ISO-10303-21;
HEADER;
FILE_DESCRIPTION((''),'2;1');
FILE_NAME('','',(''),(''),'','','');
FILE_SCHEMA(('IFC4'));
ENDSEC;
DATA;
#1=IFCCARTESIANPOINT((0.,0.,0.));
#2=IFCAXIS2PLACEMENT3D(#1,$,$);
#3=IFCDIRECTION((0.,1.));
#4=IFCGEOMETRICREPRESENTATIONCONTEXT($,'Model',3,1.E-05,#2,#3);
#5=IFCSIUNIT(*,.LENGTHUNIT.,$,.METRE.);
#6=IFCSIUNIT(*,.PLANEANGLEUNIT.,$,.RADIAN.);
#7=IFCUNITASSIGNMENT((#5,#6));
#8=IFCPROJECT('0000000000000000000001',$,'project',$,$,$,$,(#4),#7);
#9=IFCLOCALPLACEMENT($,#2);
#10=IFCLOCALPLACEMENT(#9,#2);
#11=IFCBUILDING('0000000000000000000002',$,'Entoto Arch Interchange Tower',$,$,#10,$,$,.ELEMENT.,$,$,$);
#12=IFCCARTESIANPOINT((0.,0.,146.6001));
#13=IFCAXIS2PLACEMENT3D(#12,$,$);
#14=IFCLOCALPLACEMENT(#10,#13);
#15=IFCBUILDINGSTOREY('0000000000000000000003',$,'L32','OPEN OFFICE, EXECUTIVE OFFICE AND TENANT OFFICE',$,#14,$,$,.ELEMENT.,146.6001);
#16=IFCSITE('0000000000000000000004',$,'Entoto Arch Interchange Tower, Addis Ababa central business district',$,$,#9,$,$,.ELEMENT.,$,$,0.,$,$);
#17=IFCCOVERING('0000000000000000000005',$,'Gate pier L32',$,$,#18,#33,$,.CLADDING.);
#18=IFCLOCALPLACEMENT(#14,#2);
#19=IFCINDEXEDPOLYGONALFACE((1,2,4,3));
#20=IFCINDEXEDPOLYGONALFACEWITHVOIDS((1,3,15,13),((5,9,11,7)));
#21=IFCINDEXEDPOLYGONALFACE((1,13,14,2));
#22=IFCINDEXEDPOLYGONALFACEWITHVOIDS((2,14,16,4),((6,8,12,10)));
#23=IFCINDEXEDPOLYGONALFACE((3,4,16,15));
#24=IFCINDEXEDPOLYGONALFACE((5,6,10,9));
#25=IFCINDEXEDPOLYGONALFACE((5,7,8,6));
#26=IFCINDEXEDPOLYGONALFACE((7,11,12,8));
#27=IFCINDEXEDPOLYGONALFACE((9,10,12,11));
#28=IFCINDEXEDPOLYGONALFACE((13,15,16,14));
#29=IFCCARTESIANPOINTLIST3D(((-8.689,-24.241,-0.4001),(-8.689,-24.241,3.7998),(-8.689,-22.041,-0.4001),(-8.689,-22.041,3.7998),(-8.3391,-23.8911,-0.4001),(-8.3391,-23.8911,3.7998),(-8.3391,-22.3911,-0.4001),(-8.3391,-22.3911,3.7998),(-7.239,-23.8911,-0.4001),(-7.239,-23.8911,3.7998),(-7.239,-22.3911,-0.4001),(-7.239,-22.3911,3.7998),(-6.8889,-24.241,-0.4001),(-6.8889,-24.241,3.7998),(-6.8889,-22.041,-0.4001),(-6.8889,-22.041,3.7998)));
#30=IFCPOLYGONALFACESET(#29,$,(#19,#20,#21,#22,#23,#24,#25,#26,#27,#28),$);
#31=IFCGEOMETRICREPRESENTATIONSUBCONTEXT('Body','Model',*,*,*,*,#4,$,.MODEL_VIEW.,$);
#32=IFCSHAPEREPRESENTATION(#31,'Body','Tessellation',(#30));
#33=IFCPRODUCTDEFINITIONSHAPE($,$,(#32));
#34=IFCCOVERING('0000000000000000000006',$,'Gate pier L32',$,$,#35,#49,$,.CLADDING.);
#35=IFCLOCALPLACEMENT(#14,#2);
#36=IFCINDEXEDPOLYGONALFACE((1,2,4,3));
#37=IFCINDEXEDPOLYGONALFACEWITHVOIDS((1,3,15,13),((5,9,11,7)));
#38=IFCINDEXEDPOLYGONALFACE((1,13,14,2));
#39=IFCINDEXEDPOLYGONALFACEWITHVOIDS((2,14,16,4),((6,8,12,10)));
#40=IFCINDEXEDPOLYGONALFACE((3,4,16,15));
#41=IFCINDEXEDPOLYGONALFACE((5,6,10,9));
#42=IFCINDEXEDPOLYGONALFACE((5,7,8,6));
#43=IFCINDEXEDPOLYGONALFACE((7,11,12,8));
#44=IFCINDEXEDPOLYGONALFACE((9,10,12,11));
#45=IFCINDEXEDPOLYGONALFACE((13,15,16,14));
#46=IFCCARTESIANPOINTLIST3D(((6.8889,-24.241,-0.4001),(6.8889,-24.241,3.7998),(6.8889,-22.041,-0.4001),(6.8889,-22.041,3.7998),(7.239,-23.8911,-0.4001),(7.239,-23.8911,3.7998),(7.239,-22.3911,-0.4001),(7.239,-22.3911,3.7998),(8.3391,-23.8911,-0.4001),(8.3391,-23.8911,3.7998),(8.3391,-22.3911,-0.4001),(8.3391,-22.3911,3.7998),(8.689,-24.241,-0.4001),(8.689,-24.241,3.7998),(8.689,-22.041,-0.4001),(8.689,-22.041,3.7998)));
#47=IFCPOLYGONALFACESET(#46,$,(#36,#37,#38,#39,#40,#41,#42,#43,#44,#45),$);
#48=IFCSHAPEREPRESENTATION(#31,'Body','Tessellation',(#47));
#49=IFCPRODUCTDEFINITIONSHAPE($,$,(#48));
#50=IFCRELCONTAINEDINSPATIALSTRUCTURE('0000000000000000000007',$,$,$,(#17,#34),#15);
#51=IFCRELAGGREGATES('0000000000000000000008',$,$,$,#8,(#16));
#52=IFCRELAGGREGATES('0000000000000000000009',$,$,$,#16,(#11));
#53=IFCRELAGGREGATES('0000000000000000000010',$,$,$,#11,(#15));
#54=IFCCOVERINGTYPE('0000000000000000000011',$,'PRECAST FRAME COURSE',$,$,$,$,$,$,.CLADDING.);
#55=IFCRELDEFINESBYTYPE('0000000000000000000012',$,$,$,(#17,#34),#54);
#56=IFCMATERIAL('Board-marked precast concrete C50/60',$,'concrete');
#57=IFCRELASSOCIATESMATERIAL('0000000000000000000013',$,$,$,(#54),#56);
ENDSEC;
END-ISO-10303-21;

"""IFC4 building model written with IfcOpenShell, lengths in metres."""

from ifc_helpers import new_model, si_unit, direction, frame, origin, place, context, subcontext, project, spatial, polyline, outline, extrude, material, type_object, element, save


model = new_model("IFC4")

# Units and contexts
model_context = context("Model", 3, precision=1e-05, world=origin(), true_north=direction((0.0, 1.0)))
body_context = subcontext(model_context, "Body", "Model", "MODEL_VIEW")
ifc_project = project(units=[si_unit("LENGTHUNIT", "METRE"), si_unit("PLANEANGLEUNIT", "RADIAN")], contexts=[model_context])

# Site, building, storey
site_placement = place(None, origin())
site = spatial("IfcSite", under=ifc_project, at=site_placement, Name="Entoto Arch Interchange Tower, Addis Ababa central business district", CompositionType="ELEMENT", RefElevation=0.0)
building_placement = place(site_placement, origin())
building = spatial("IfcBuilding", under=site, at=building_placement, Name="Entoto Arch Interchange Tower", CompositionType="ELEMENT")
storey_placement = place(building_placement, frame((0.0, 0.0, 146.6001)))
storey = spatial("IfcBuildingStorey", under=building, at=storey_placement, Name="L32", Description="OPEN OFFICE, EXECUTIVE OFFICE AND TENANT OFFICE", CompositionType="ELEMENT", Elevation=146.6001)

# Shared definitions
ifc_material_1 = material(Name="Board-marked precast concrete C50/60", Category="concrete")

# Coverings
covering_type = type_object("IfcCoveringType", Name="PRECAST FRAME COURSE", PredefinedType="CLADDING", material=ifc_material_1)
covering_1_placement = place(storey_placement, frame((0.0, 0.0, -0.4001)))
element("IfcCovering", 1, at=covering_1_placement, inside=storey, type_object=covering_type, Name="Gate pier L32", PredefinedType="CLADDING", context=body_context, shape_type="SweptSolid", body=[
    extrude(outline(polyline([(-8.689, -22.041), (-6.8889, -22.041), (-6.8889, -24.241), (-8.689, -24.241), (-8.689, -22.041)]), holes=[polyline([(-8.3391, -22.3911), (-8.3391, -23.8911), (-7.239, -23.8911), (-7.239, -22.3911), (-8.3391, -22.3911)])]), origin(), (0.0, 0.0, 1.0), 4.2),
])
covering_2_placement = place(storey_placement, frame((0.0, 0.0, -0.4001)))
element("IfcCovering", 2, at=covering_2_placement, inside=storey, type_object=covering_type, Name="Gate pier L32", PredefinedType="CLADDING", context=body_context, shape_type="SweptSolid", body=[
    extrude(outline(polyline([(6.8889, -22.041), (8.689, -22.041), (8.689, -24.241), (6.8889, -24.241), (6.8889, -22.041)]), holes=[polyline([(7.239, -22.3911), (7.239, -23.8911), (8.3391, -23.8911), (8.3391, -22.3911), (7.239, -22.3911)])]), origin(), (0.0, 0.0, 1.0), 4.2),
])

save(model, "model.ifc")
